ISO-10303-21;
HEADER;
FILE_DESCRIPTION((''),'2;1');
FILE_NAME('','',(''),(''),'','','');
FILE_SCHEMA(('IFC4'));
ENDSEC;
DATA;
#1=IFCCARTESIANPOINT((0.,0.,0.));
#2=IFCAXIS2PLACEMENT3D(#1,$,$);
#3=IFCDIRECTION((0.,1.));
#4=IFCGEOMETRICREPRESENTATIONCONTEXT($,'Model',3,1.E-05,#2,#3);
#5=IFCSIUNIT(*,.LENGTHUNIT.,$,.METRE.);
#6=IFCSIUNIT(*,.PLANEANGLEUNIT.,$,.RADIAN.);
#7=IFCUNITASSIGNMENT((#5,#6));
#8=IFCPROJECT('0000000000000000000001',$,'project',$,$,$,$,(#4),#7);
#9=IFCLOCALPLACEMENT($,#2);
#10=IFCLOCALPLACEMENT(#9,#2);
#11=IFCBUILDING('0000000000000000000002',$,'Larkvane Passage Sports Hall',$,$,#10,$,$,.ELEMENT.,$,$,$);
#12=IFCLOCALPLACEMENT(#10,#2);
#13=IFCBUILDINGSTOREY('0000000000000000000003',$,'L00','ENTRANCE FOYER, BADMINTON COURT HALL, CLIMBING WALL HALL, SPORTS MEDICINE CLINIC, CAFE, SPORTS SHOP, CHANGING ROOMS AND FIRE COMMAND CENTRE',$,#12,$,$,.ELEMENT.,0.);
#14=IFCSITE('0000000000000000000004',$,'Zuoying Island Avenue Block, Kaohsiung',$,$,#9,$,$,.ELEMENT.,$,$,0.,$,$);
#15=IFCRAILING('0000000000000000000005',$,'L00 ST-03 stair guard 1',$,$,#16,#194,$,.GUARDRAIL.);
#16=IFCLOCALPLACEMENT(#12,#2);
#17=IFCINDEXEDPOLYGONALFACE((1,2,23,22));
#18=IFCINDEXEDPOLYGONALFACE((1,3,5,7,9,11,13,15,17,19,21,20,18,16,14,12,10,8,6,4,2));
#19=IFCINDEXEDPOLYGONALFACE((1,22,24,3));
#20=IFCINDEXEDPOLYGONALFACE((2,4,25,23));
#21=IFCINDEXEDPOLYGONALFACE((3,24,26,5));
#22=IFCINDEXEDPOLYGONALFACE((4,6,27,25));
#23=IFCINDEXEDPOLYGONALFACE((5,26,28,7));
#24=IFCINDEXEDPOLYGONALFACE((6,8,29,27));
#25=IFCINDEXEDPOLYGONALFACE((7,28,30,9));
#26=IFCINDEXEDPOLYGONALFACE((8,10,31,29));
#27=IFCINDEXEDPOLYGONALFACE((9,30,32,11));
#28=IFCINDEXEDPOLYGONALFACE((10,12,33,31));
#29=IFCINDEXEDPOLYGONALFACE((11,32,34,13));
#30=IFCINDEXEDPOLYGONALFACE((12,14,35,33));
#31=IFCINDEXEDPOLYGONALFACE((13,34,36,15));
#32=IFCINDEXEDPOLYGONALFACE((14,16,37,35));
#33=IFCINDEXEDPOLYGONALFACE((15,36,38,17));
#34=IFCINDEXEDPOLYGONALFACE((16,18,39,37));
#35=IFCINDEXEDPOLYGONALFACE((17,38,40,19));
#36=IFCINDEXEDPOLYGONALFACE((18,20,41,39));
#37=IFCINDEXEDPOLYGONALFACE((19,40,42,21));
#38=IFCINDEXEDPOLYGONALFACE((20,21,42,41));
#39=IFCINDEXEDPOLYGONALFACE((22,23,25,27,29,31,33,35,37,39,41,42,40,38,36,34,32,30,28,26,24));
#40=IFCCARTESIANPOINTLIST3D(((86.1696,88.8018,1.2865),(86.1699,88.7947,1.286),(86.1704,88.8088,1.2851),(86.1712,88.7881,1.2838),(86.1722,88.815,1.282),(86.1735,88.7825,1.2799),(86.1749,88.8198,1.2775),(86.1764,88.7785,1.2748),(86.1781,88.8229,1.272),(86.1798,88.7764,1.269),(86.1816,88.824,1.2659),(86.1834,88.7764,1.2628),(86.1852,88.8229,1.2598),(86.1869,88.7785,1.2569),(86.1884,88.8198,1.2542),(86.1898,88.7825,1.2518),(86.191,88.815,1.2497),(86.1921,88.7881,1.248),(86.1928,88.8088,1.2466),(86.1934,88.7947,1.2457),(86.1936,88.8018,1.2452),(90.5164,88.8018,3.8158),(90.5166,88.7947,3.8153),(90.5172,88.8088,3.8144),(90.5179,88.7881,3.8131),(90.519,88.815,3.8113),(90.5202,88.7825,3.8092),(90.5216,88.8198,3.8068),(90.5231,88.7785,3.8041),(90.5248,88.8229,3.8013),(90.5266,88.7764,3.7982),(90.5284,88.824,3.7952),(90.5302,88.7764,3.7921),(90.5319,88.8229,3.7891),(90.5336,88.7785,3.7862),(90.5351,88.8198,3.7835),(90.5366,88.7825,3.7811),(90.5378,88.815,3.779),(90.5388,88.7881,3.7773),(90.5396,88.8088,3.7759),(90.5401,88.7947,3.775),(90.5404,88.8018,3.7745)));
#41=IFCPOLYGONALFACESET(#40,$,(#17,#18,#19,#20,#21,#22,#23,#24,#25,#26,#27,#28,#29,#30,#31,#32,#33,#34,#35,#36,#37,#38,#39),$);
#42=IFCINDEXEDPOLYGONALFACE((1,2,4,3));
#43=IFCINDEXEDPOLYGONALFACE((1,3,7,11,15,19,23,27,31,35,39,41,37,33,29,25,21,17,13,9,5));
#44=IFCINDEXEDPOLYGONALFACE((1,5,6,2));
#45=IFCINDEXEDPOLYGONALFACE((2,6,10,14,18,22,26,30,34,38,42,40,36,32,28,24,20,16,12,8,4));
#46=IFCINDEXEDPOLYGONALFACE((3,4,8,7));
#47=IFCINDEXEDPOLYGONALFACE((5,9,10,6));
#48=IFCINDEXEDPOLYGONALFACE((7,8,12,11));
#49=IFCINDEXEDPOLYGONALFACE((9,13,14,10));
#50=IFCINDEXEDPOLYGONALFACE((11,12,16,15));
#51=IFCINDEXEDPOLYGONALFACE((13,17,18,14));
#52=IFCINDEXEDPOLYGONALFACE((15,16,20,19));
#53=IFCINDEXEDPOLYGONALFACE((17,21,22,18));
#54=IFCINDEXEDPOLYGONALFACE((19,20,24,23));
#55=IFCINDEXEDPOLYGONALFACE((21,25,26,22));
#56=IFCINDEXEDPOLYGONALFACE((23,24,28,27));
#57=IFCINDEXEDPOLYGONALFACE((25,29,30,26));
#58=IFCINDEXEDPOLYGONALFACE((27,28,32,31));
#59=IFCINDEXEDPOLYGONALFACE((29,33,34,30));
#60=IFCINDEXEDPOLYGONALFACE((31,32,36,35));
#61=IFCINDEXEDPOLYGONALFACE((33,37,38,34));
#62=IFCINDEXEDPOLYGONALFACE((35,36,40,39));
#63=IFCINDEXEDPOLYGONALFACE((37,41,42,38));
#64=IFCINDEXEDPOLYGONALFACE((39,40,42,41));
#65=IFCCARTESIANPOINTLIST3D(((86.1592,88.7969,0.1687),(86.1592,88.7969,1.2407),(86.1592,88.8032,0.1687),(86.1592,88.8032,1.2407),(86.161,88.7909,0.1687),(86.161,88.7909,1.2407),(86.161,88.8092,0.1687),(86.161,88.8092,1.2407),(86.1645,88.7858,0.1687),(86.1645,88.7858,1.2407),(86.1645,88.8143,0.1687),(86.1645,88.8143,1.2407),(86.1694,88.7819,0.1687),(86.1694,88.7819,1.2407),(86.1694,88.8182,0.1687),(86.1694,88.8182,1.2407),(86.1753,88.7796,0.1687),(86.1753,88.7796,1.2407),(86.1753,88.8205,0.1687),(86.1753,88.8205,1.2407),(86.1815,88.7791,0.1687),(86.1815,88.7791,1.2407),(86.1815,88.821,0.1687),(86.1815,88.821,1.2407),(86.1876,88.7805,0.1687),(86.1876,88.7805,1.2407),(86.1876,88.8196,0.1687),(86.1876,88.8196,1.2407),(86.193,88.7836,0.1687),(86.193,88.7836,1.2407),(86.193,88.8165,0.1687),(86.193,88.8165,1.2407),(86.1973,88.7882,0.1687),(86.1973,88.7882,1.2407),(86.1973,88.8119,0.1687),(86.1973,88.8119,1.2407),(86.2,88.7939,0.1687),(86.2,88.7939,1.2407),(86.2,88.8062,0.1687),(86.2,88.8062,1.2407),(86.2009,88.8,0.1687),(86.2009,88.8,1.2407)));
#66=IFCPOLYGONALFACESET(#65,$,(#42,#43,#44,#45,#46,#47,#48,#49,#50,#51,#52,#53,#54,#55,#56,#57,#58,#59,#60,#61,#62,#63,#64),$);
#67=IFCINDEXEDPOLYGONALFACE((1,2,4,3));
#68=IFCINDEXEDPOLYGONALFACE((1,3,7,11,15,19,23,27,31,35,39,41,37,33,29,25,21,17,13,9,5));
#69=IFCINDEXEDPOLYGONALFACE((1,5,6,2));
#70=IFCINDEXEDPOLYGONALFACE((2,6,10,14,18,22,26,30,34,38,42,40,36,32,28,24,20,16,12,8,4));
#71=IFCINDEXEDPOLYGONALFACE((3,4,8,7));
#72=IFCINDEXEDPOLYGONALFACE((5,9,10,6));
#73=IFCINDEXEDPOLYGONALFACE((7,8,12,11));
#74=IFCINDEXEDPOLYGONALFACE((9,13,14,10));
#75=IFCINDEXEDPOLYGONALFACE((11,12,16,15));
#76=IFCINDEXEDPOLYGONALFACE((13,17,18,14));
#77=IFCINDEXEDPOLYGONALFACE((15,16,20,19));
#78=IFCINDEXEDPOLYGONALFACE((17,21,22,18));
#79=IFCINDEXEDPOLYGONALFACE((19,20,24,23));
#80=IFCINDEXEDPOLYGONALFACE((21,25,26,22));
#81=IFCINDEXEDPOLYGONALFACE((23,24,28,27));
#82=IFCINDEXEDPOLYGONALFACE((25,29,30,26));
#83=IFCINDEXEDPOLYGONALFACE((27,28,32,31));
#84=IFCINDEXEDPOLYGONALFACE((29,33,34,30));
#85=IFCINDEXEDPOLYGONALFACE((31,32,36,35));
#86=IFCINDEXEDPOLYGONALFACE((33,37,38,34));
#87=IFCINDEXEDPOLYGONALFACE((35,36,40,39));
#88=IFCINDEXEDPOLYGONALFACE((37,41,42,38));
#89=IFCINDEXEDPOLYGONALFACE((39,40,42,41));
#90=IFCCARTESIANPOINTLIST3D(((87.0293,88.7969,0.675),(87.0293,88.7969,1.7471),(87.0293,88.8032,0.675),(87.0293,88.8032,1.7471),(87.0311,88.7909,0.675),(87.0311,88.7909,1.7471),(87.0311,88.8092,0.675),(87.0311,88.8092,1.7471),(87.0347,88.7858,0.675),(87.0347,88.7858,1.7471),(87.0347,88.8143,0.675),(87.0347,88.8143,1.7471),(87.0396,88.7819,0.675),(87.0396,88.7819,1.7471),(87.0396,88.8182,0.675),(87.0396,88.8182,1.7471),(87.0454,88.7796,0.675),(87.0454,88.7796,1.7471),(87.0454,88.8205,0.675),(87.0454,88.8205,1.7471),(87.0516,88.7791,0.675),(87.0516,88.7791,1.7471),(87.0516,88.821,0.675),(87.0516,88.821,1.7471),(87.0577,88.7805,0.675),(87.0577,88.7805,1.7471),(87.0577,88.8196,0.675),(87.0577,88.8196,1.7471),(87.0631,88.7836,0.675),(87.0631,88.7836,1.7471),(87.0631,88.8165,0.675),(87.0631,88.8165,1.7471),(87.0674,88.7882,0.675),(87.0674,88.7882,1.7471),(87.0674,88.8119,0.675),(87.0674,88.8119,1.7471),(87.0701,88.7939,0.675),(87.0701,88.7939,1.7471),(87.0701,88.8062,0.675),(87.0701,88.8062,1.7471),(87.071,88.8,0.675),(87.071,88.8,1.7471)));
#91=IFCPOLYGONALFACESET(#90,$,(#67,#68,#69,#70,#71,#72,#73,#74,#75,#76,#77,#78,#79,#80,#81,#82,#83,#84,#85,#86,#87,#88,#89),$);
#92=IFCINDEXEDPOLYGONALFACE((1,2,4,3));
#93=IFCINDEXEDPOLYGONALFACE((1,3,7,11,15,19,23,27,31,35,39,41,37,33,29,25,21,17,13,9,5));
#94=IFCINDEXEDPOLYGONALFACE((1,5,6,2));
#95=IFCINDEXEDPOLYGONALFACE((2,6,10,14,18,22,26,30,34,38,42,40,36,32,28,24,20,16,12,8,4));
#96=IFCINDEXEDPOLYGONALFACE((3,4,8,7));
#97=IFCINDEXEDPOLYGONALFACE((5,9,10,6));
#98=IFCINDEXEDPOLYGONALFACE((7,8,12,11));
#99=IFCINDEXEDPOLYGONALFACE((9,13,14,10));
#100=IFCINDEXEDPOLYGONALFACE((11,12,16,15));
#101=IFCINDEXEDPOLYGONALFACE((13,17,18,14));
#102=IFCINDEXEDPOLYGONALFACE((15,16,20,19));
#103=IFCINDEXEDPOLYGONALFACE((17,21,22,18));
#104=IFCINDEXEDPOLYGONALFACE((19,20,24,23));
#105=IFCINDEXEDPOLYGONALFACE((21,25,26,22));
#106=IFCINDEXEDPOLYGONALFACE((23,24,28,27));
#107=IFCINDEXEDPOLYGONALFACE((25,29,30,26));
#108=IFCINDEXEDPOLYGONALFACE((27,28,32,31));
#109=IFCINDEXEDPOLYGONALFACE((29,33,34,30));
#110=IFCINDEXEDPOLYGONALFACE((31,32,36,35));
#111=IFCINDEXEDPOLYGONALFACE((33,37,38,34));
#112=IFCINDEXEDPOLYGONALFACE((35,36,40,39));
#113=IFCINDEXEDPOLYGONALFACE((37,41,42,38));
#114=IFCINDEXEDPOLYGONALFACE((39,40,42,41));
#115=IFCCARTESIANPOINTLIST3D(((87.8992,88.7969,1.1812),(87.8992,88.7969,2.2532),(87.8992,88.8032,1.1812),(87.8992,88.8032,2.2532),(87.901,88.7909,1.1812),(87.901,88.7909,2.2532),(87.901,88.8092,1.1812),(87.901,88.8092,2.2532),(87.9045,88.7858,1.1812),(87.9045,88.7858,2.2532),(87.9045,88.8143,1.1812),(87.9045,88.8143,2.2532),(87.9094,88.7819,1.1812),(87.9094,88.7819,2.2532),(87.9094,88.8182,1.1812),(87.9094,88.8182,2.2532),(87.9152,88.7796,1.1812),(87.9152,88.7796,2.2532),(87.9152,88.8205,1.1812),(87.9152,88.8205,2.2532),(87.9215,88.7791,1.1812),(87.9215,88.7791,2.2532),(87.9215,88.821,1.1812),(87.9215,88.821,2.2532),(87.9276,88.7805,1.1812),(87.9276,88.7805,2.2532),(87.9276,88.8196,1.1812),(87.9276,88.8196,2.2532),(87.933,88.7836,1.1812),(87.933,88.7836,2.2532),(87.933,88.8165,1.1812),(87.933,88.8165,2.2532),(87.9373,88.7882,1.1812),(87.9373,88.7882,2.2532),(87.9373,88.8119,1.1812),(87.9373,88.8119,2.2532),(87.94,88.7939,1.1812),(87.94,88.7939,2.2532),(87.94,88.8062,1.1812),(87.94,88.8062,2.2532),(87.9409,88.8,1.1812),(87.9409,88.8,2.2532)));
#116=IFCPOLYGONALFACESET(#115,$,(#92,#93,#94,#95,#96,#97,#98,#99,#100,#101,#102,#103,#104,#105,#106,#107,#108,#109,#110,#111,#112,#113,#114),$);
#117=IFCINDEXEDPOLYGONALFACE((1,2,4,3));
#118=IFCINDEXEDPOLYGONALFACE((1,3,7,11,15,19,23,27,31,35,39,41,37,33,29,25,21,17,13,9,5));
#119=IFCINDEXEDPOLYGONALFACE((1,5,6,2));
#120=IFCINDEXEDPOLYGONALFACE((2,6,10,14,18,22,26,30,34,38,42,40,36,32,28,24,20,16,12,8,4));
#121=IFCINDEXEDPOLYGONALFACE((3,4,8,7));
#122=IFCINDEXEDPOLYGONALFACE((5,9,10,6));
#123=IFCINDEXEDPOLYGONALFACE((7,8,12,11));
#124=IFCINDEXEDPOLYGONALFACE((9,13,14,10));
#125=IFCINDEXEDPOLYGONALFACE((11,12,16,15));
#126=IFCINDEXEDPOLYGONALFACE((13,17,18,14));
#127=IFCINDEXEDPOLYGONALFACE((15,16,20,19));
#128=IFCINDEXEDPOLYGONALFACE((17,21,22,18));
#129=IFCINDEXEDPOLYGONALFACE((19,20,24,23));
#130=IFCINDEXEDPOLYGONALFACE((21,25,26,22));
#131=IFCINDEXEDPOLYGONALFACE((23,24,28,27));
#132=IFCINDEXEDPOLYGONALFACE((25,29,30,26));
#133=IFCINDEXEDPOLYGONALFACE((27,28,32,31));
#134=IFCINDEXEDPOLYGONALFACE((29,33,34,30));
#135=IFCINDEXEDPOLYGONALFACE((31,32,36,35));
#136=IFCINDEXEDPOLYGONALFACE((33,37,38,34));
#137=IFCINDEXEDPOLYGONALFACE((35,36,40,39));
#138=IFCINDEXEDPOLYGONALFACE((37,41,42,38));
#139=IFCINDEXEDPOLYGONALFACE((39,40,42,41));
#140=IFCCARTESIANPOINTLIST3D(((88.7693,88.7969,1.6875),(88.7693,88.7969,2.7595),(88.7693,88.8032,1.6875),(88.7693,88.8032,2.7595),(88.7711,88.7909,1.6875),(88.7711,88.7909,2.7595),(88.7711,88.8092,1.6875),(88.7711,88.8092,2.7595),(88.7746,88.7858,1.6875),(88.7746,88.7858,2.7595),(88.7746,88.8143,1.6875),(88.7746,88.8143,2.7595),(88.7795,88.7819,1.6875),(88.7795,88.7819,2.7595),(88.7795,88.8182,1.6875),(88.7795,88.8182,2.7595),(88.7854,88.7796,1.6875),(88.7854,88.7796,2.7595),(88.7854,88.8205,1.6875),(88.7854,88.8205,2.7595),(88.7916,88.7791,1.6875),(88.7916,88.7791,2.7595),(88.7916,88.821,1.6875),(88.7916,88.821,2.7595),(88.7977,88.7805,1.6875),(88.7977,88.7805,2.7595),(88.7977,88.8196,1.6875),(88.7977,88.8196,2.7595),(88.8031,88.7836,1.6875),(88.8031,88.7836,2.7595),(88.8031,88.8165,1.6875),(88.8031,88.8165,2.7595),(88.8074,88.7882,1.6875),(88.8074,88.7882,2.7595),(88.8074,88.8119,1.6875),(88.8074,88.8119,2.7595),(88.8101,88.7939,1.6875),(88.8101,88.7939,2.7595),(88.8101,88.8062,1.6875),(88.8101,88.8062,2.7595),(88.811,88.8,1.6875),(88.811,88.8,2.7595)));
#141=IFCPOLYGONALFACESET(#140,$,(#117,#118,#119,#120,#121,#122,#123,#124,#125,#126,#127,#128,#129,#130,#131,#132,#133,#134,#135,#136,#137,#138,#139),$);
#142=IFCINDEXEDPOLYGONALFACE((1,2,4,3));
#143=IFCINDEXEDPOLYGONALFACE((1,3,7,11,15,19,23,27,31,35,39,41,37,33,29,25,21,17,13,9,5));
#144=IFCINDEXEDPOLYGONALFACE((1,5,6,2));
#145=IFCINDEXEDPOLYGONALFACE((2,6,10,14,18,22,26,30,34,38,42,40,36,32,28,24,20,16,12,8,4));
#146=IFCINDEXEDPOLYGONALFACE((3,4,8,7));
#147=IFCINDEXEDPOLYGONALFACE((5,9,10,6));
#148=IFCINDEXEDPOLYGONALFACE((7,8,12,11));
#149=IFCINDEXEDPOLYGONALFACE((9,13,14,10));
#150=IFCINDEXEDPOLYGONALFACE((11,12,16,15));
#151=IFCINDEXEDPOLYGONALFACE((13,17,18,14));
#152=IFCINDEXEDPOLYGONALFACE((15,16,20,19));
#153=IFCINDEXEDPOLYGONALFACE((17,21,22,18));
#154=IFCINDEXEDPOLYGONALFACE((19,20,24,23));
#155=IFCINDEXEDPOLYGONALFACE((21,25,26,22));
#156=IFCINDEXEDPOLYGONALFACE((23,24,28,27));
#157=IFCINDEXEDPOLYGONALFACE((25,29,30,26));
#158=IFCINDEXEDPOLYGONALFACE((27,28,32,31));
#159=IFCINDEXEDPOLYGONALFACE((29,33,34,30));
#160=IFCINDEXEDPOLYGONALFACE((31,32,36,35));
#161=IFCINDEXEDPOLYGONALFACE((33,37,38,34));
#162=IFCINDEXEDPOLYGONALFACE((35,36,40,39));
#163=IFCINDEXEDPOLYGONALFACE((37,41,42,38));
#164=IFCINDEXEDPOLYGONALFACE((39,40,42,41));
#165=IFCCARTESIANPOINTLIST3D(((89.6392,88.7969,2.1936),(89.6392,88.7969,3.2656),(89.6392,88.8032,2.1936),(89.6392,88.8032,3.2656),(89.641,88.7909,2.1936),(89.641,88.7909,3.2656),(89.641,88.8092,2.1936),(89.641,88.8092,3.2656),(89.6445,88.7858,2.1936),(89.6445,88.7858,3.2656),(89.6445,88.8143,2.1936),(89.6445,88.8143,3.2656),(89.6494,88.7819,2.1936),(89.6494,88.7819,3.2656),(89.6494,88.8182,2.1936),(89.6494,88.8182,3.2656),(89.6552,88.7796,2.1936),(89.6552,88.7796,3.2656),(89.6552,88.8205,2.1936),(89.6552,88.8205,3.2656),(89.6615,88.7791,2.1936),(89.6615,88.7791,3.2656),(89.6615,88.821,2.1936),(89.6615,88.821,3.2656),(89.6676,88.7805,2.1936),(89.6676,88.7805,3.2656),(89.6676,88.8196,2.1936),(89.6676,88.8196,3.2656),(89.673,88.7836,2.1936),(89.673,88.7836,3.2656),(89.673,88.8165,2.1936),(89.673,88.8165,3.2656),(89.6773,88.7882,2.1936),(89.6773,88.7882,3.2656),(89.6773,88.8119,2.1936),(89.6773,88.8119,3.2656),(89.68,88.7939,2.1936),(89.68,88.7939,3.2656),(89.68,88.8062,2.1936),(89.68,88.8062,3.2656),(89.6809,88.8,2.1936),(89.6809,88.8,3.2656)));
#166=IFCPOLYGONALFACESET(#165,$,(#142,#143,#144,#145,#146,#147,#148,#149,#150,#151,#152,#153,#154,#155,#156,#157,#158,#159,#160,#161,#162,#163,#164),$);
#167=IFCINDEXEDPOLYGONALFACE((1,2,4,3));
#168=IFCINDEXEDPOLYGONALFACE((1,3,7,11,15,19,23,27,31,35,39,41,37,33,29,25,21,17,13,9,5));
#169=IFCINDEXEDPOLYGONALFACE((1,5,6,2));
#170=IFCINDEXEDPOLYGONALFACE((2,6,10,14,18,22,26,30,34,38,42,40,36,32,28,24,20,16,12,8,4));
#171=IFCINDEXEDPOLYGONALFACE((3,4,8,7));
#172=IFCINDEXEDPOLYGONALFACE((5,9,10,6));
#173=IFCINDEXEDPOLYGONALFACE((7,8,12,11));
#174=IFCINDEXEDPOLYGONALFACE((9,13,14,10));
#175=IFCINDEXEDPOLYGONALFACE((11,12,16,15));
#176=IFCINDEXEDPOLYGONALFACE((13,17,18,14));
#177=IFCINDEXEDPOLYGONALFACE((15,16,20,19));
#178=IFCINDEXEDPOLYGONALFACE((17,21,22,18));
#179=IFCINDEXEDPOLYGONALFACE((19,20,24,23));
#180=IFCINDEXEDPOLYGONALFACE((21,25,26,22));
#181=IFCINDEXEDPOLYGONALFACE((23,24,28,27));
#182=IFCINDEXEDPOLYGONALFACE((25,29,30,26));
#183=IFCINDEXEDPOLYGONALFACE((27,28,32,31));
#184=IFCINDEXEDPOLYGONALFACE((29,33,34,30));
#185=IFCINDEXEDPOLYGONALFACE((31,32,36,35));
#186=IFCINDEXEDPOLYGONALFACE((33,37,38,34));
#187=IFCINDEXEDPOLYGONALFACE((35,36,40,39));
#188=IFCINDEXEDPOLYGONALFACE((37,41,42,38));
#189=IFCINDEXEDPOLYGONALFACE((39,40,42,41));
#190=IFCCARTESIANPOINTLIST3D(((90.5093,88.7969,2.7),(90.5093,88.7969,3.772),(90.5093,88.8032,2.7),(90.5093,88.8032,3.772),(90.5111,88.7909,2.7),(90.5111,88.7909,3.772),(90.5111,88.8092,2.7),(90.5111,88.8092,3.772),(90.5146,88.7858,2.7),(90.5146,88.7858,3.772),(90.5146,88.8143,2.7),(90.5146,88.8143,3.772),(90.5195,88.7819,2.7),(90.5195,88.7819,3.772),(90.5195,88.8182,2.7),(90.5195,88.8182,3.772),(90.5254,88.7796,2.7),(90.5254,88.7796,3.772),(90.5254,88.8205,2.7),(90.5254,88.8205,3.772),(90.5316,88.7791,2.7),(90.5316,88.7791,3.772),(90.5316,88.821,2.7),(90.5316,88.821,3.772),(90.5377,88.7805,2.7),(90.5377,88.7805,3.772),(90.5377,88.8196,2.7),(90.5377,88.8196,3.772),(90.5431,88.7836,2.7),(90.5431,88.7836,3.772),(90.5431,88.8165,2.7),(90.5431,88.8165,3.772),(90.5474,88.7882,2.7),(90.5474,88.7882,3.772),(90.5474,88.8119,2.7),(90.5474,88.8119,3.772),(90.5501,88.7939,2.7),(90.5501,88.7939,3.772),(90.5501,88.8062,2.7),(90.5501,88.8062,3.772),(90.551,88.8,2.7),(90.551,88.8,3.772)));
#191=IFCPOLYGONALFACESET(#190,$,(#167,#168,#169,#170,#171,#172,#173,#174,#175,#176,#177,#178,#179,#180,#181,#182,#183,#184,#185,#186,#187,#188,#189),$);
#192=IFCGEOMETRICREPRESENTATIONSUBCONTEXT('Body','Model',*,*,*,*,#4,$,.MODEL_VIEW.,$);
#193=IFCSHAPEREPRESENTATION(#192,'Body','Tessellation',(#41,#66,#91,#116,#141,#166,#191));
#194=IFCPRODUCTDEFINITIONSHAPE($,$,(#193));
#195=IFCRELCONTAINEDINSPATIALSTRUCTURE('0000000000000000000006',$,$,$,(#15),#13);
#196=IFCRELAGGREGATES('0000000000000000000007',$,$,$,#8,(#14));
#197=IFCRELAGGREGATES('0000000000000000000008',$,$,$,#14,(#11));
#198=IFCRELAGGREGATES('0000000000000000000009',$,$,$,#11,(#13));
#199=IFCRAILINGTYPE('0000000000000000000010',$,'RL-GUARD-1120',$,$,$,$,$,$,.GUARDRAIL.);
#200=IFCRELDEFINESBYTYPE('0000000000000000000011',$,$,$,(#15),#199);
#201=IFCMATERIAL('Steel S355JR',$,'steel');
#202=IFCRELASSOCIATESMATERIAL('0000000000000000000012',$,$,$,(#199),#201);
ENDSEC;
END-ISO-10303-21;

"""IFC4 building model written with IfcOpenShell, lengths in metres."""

from ifc_helpers import new_model, si_unit, direction, frame, origin, origin_2d, place, context, subcontext, project, spatial, circle, extrude, material, type_object, element, save


model = new_model("IFC4")

# Units and contexts
model_context = context("Model", 3, precision=1e-05, world=origin(), true_north=direction((0.0, 1.0)))
body_context = subcontext(model_context, "Body", "Model", "MODEL_VIEW")
ifc_project = project(units=[si_unit("LENGTHUNIT", "METRE"), si_unit("PLANEANGLEUNIT", "RADIAN")], contexts=[model_context])

# Site, building, storey
site_placement = place(None, origin())
site = spatial("IfcSite", under=ifc_project, at=site_placement, Name="Zuoying Island Avenue Block, Kaohsiung", CompositionType="ELEMENT", RefElevation=0.0)
building_placement = place(site_placement, origin())
building = spatial("IfcBuilding", under=site, at=building_placement, Name="Larkvane Passage Sports Hall", CompositionType="ELEMENT")
storey_placement = place(building_placement, origin())
storey = spatial("IfcBuildingStorey", under=building, at=storey_placement, Name="L00", Description="ENTRANCE FOYER, BADMINTON COURT HALL, CLIMBING WALL HALL, SPORTS MEDICINE CLINIC, CAFE, SPORTS SHOP, CHANGING ROOMS AND FIRE COMMAND CENTRE", CompositionType="ELEMENT", Elevation=0.0)

# Shared definitions
ifc_material_1 = material(Name="Steel S355JR", Category="steel")

# Railing
railing_type_1 = type_object("IfcRailingType", Name="RL-GUARD-1120", PredefinedType="GUARDRAIL", material=ifc_material_1)
railing_1_placement = place(storey_placement, frame((86.1799, 88.8, 0.1687)))
element("IfcRailing", 1, at=railing_1_placement, inside=storey, type_object=railing_type_1, Name="L00 ST-03 stair guard 1", PredefinedType="GUARDRAIL", context=body_context, shape_type="SweptSolid", body=[
    extrude(circle(Radius=0.0239, at=origin_2d()), frame((0.0017, 0.0, 1.0972), z_axis=(0.864324, 0.0, 0.502936), x_axis=(0.0, 1.0, 0.0)), (0.0, 0.0, 1.0), 5.0291),
    extrude(circle(Radius=0.021, at=origin_2d()), origin(), (0.0, 0.0, 1.0), 1.072),
    extrude(circle(Radius=0.021, at=origin_2d()), frame((0.8701, 0.0, 0.5063)), (0.0, 0.0, 1.0), 1.072),
    extrude(circle(Radius=0.021, at=origin_2d()), frame((1.74, 0.0, 1.0125)), (0.0, 0.0, 1.0), 1.072),
    extrude(circle(Radius=0.021, at=origin_2d()), frame((2.6101, 0.0, 1.5188)), (0.0, 0.0, 1.0), 1.072),
    extrude(circle(Radius=0.021, at=origin_2d()), frame((3.48, 0.0, 2.0249)), (0.0, 0.0, 1.0), 1.072),
    extrude(circle(Radius=0.021, at=origin_2d()), frame((4.3501, 0.0, 2.5312)), (0.0, 0.0, 1.0), 1.072),
])

save(model, "model.ifc")
